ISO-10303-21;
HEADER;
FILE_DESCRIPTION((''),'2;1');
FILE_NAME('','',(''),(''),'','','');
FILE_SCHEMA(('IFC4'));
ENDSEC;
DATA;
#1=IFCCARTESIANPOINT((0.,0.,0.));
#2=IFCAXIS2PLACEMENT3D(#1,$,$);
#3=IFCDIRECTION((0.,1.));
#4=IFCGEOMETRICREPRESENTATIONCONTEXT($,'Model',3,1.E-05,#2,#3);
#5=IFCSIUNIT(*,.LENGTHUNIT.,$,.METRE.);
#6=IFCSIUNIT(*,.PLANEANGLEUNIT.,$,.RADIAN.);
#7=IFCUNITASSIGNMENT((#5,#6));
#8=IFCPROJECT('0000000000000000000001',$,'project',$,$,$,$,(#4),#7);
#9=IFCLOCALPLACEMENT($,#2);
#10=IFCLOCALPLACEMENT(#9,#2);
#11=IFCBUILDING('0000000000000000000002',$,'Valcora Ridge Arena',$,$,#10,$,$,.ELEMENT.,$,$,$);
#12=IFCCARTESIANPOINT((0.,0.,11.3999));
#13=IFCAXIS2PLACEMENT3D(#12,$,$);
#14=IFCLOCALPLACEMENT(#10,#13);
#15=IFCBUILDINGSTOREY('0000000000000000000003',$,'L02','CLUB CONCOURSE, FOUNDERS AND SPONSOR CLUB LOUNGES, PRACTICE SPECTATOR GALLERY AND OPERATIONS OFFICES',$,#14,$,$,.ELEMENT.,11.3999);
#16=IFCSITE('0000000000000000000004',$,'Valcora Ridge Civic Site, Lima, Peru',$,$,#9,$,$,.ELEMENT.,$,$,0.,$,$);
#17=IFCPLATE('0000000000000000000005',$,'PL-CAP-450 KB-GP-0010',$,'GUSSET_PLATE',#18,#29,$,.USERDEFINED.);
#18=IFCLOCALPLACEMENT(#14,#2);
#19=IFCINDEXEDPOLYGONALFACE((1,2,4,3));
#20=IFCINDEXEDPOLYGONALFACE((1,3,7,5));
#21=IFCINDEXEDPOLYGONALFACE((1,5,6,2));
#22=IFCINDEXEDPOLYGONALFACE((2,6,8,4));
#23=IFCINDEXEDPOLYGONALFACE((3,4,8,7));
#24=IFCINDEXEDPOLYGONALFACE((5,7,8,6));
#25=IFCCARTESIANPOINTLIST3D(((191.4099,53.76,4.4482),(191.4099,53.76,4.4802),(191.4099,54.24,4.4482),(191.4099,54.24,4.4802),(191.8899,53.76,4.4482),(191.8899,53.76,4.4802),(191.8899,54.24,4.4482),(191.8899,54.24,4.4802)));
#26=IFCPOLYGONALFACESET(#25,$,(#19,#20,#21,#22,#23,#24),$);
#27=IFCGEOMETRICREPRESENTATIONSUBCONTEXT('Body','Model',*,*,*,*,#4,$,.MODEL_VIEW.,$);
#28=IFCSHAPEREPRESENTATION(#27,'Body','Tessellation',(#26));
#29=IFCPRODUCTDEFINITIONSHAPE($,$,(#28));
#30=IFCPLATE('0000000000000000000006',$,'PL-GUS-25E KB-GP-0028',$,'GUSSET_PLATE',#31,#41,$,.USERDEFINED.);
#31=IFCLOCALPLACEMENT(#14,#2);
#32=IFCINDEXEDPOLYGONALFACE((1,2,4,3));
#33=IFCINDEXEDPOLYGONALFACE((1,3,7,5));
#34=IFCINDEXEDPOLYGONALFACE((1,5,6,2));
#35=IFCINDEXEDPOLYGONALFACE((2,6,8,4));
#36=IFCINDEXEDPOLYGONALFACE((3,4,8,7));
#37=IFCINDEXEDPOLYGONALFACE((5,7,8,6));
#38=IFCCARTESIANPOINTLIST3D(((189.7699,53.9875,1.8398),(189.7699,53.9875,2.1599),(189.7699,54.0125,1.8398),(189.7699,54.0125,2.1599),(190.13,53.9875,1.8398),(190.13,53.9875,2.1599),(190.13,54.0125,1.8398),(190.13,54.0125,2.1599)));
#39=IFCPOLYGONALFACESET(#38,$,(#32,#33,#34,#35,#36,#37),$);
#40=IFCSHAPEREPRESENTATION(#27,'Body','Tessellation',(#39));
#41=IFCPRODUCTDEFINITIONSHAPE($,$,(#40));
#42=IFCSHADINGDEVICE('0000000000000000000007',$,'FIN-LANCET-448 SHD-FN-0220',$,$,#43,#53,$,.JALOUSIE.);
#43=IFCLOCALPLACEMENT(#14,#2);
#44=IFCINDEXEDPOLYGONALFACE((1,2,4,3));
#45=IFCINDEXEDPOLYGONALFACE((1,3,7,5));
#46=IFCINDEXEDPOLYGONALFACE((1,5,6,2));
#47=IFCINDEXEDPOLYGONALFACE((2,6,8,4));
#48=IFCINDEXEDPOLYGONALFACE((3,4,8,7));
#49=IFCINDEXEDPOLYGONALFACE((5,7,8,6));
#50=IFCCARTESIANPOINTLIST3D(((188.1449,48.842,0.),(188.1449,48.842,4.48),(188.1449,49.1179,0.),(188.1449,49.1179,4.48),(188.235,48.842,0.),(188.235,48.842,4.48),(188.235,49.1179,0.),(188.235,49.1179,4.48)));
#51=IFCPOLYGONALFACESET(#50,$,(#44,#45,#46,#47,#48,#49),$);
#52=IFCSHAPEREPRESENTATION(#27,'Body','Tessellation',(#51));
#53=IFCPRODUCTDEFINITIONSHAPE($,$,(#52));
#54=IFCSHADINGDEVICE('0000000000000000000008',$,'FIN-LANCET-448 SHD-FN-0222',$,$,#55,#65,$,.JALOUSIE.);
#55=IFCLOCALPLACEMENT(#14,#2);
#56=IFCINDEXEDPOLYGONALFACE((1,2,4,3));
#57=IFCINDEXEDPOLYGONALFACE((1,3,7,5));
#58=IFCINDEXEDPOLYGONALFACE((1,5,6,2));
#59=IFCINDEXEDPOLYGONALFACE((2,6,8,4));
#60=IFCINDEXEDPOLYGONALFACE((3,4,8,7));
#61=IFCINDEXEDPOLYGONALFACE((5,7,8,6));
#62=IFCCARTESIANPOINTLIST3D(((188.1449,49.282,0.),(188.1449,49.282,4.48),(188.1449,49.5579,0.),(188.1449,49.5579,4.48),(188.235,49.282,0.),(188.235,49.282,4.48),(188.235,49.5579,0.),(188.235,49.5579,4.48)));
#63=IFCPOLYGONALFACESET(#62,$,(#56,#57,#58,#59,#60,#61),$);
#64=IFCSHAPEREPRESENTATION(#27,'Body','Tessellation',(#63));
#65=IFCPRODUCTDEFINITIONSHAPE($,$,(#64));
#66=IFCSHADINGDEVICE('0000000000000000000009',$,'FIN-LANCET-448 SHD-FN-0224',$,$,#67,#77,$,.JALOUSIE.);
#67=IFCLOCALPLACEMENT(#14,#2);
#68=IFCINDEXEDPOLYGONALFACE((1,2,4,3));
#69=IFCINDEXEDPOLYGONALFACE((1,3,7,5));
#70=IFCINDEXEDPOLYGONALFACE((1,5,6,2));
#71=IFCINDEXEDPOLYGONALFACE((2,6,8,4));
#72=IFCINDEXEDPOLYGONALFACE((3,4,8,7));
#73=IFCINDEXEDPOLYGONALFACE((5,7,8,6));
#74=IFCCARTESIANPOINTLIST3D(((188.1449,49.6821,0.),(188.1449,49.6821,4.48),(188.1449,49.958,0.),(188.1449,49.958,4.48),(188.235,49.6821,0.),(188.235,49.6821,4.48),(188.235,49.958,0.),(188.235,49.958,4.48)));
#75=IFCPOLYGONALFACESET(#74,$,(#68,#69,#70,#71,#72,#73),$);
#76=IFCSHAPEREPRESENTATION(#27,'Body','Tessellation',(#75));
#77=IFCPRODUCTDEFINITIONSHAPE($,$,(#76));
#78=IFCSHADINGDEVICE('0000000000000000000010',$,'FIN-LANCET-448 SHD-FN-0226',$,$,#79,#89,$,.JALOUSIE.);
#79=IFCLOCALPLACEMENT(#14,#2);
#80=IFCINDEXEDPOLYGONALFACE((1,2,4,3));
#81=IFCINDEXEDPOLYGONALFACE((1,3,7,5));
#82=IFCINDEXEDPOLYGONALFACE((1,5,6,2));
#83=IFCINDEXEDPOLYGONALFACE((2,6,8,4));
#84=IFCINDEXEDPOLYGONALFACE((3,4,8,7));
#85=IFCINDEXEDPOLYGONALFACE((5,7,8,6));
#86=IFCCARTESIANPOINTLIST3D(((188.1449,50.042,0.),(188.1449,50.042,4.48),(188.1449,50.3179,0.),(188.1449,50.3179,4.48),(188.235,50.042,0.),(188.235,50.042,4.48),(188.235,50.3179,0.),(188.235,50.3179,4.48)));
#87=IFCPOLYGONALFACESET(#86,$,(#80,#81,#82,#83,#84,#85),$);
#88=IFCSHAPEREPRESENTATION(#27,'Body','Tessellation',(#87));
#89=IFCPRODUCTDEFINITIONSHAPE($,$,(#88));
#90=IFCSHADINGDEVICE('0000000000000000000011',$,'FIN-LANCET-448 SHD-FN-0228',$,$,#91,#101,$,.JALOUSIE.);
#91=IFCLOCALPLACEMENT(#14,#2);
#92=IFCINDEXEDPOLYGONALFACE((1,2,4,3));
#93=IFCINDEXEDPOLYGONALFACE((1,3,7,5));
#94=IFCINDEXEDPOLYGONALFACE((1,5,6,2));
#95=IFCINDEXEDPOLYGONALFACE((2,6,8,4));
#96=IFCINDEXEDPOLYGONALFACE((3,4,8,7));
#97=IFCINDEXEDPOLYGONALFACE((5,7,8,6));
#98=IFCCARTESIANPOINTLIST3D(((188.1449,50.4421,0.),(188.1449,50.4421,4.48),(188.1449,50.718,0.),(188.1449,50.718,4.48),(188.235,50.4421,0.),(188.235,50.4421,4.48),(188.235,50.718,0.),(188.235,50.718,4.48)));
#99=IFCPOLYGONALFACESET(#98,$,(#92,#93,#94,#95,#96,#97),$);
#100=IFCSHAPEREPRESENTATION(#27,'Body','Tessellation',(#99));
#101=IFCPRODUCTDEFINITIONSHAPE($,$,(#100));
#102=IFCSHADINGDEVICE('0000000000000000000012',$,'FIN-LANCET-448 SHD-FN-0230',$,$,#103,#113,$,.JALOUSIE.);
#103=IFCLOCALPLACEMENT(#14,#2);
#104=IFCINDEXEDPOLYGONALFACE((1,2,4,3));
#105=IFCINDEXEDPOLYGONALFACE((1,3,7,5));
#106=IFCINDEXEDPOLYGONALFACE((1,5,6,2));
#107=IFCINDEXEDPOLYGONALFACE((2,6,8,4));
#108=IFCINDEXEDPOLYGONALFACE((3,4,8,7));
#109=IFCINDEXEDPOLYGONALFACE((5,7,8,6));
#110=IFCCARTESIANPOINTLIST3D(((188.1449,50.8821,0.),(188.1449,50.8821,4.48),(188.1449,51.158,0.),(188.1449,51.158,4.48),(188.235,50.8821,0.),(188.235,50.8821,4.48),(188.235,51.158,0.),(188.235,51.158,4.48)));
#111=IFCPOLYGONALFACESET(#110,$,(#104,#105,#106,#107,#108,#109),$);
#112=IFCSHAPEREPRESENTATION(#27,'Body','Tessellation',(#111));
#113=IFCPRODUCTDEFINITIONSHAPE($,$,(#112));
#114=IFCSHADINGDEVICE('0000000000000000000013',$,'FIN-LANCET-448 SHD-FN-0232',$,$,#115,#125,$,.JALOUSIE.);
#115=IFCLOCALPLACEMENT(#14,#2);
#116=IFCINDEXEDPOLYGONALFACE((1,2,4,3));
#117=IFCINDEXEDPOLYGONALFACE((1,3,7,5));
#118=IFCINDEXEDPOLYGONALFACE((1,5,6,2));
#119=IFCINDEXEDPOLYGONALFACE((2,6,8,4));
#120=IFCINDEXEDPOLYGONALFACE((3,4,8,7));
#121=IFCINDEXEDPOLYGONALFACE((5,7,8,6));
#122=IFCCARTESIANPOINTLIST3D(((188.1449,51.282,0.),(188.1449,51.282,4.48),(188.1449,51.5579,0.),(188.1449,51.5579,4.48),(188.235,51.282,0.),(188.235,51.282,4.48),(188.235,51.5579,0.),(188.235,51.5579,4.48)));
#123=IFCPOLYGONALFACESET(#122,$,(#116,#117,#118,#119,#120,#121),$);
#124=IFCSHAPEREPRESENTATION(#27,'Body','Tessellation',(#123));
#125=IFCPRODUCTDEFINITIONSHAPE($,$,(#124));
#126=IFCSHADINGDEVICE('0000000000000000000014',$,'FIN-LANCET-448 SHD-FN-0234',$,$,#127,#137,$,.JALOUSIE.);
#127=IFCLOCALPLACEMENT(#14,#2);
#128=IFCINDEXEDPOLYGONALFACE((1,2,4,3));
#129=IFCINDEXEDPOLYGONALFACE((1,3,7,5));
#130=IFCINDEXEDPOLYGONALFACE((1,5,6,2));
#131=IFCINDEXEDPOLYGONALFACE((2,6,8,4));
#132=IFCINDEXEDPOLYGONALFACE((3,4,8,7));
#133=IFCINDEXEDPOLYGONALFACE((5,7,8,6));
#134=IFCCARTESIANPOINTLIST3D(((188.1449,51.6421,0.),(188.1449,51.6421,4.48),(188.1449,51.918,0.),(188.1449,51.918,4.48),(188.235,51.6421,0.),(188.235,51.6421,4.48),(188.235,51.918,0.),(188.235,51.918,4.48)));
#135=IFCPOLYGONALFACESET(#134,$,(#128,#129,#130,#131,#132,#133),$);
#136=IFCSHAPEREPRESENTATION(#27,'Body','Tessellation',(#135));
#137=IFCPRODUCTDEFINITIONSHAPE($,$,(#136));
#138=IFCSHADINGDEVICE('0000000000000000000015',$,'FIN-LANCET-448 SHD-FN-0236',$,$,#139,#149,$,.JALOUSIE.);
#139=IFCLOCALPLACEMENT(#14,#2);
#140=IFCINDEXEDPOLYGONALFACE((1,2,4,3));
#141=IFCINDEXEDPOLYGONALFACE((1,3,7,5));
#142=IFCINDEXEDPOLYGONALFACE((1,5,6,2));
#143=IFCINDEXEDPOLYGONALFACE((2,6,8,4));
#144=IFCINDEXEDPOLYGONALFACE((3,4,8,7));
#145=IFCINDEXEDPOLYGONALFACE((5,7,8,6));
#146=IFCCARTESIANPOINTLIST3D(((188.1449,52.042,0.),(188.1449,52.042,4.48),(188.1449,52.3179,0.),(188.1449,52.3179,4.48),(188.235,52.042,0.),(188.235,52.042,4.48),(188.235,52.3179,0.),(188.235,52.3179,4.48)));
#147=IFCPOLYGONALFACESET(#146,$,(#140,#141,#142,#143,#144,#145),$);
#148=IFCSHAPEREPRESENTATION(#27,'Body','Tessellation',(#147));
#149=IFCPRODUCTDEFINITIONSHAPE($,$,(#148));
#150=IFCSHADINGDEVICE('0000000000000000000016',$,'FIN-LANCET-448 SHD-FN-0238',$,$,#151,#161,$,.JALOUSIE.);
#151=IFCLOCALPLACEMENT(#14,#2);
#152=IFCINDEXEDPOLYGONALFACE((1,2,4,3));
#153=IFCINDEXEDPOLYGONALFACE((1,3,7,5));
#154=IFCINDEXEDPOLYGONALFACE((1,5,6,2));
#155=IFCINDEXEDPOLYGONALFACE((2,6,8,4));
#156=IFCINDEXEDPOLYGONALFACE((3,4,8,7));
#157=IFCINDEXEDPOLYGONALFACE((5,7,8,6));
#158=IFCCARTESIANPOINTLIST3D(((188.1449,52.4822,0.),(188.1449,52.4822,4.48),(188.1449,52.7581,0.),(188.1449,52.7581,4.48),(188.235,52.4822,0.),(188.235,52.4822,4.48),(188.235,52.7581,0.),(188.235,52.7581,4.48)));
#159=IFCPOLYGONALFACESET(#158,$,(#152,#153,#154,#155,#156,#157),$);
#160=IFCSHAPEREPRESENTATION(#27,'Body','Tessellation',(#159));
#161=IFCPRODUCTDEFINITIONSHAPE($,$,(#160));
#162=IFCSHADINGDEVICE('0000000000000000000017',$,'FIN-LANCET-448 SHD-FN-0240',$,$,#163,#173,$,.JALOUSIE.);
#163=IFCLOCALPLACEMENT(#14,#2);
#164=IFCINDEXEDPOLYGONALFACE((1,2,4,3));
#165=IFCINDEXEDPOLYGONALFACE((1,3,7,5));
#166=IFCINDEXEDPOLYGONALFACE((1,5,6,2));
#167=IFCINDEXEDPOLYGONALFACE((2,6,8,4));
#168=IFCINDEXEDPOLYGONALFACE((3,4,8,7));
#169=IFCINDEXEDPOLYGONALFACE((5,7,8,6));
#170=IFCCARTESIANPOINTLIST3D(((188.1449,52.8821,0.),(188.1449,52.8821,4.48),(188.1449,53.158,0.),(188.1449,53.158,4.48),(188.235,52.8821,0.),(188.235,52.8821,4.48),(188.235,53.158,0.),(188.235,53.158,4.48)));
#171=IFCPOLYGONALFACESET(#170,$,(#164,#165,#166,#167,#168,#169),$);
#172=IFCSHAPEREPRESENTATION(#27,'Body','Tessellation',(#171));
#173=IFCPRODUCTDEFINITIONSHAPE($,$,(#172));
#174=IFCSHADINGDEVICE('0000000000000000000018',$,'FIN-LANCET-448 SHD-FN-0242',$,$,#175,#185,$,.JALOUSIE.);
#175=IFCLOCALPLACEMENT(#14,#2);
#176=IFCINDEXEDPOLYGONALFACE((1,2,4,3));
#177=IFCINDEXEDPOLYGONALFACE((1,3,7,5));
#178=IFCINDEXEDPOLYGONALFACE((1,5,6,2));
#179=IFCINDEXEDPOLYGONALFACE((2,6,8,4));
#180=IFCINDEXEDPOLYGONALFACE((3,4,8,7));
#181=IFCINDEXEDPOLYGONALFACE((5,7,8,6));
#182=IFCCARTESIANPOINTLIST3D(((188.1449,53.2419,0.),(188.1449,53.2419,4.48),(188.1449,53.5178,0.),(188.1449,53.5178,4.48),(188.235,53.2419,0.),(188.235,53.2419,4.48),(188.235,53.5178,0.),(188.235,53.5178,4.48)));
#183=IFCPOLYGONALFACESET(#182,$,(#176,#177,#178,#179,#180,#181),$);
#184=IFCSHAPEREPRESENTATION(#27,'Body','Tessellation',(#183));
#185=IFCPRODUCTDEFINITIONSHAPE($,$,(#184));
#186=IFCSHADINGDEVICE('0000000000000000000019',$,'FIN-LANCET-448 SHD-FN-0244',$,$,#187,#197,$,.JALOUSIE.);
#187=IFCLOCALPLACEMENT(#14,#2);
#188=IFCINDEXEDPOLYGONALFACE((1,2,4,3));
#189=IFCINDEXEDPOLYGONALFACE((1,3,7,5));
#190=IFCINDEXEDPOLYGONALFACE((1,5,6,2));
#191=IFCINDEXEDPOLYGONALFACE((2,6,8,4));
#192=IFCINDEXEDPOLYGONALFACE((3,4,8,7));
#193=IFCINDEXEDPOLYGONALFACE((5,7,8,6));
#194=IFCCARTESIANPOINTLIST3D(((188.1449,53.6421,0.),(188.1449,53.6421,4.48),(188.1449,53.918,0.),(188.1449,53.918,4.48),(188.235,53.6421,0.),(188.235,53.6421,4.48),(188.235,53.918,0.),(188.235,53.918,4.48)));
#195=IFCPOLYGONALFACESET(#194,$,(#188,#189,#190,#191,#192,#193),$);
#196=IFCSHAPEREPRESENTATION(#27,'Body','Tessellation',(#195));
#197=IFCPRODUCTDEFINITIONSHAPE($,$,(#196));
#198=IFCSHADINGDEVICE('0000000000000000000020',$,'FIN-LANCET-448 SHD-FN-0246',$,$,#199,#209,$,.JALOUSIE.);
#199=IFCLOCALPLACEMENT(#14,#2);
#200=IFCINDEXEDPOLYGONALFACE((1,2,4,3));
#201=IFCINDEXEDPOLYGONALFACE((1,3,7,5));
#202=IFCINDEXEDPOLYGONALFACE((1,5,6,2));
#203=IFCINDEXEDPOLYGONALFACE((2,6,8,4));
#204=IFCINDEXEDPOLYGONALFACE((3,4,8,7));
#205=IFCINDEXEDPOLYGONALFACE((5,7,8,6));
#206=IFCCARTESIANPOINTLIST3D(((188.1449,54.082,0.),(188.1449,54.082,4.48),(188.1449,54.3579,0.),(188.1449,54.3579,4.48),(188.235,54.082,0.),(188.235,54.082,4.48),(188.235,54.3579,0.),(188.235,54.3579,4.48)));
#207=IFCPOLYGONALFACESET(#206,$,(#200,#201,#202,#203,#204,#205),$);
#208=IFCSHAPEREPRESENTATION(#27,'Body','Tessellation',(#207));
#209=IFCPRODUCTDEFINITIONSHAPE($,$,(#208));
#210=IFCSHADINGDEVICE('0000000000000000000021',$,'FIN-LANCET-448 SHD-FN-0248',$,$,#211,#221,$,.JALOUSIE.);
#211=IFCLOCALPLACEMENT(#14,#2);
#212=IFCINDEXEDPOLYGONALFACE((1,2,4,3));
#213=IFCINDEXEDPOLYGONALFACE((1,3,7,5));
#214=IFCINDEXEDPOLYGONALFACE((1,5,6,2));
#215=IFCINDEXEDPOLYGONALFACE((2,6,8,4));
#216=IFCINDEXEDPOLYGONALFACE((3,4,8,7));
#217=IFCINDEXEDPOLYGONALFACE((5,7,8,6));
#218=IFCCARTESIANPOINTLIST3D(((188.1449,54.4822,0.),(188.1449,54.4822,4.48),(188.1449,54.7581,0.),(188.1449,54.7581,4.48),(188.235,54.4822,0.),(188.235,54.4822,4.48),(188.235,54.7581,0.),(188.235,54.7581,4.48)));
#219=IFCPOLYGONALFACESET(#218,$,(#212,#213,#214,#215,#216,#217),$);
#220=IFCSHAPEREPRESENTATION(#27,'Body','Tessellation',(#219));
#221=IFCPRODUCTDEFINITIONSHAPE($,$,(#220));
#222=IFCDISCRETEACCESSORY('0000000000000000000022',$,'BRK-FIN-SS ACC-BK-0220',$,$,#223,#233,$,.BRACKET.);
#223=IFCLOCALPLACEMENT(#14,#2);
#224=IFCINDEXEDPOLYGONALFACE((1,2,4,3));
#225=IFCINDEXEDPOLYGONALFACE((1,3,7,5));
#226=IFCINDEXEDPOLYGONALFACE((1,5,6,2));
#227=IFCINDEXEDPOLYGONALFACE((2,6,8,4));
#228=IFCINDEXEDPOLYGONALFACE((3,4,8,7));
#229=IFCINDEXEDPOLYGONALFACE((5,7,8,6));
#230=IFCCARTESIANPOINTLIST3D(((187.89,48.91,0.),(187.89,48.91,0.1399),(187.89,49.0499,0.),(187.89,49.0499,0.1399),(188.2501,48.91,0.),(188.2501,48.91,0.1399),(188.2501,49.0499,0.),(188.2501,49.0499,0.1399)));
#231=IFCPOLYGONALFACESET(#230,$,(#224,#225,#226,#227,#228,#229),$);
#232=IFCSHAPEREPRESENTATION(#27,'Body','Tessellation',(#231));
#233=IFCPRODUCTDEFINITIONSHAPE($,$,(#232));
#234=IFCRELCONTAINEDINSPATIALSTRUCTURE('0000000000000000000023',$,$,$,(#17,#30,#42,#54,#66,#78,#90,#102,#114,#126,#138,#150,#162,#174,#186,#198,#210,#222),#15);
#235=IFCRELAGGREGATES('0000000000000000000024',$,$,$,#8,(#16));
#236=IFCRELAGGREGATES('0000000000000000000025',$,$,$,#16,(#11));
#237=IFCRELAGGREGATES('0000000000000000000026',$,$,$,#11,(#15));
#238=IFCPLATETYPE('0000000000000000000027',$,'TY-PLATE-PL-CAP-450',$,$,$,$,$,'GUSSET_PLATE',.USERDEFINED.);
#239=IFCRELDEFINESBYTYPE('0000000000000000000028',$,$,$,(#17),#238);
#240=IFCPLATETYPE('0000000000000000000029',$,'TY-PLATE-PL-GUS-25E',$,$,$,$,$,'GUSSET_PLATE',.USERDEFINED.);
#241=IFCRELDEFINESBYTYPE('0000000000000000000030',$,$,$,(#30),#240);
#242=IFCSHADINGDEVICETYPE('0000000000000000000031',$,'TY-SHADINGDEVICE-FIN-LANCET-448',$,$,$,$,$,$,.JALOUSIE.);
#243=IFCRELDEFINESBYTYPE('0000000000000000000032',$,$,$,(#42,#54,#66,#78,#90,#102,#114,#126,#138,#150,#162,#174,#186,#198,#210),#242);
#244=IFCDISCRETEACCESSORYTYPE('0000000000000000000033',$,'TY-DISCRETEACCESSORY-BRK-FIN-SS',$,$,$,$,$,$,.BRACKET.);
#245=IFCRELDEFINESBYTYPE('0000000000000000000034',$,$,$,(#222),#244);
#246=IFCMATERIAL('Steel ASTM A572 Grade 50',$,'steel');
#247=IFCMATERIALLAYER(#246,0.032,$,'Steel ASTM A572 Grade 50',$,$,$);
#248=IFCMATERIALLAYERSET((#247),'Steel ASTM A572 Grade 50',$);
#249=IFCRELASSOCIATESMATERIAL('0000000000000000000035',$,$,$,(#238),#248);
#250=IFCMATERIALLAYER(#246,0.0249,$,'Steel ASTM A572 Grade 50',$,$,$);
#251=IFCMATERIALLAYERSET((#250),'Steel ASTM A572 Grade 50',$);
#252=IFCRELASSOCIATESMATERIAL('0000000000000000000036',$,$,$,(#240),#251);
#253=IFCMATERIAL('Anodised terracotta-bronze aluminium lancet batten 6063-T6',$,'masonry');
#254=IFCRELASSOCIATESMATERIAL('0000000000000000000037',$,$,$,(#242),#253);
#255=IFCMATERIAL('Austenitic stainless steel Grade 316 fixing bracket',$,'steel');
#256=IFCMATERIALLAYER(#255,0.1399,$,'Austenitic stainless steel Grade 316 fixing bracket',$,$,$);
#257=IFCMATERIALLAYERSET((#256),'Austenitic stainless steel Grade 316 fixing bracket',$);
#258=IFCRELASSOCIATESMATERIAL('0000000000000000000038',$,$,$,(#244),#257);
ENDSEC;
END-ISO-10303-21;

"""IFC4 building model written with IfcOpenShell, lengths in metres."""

from ifc_helpers import new_model, si_unit, direction, frame, origin, origin_2d, place, context, subcontext, project, spatial, rectangle, extrude, material, layer, layer_set, material_profile, profile_set, type_object, element, save


model = new_model("IFC4")

# Units and contexts
model_context = context("Model", 3, precision=1e-05, world=origin(), true_north=direction((0.0, 1.0)))
body_context = subcontext(model_context, "Body", "Model", "MODEL_VIEW")
ifc_project = project(units=[si_unit("LENGTHUNIT", "METRE"), si_unit("PLANEANGLEUNIT", "RADIAN")], contexts=[model_context])

# Site, building, storey
site_placement = place(None, origin())
site = spatial("IfcSite", under=ifc_project, at=site_placement, Name="Valcora Ridge Civic Site, Lima, Peru", CompositionType="ELEMENT", RefElevation=0.0)
building_placement = place(site_placement, origin())
building = spatial("IfcBuilding", under=site, at=building_placement, Name="Valcora Ridge Arena", CompositionType="ELEMENT")
storey_placement = place(building_placement, frame((0.0, 0.0, 11.3999)))
storey = spatial("IfcBuildingStorey", under=building, at=storey_placement, Name="L02", Description="CLUB CONCOURSE, FOUNDERS AND SPONSOR CLUB LOUNGES, PRACTICE SPECTATOR GALLERY AND OPERATIONS OFFICES", CompositionType="ELEMENT", Elevation=11.3999)

# Shared definitions
ifc_material_1 = material(Name="Steel ASTM A572 Grade 50", Category="steel")

# Plates
ifc_layer_1 = layer(ifc_material_1, 0.032, Name="Steel ASTM A572 Grade 50")
ifc_layer_set_1 = layer_set([ifc_layer_1], Name="Steel ASTM A572 Grade 50")
plate_type_1 = type_object("IfcPlateType", Name="TY-PLATE-PL-CAP-450", ElementType="GUSSET_PLATE", PredefinedType="USERDEFINED", material=ifc_layer_set_1)
plate_1_placement = place(storey_placement, frame((191.6499, 54.0, 4.4482), z_axis=(0.0, 0.0, 1.0), x_axis=(1.0, 0.0, 0.0)))
element("IfcPlate", 1, at=plate_1_placement, inside=storey, type_object=plate_type_1, Name="PL-CAP-450 KB-GP-0010", ObjectType="GUSSET_PLATE", PredefinedType="USERDEFINED", context=body_context, shape_type="SweptSolid", body=[
    extrude(rectangle(XDim=0.48, YDim=0.48, at=origin_2d()), origin(), (0.0, 0.0, 1.0), 0.032),
])
ifc_layer_2 = layer(ifc_material_1, 0.0249, Name="Steel ASTM A572 Grade 50")
ifc_layer_set_2 = layer_set([ifc_layer_2], Name="Steel ASTM A572 Grade 50")
plate_type_2 = type_object("IfcPlateType", Name="TY-PLATE-PL-GUS-25E", ElementType="GUSSET_PLATE", PredefinedType="USERDEFINED", material=ifc_layer_set_2)
plate_2_placement = place(storey_placement, frame((189.95, 54.0, 1.8398), z_axis=(0.0, 0.0, 1.0), x_axis=(1.0, 0.0, 0.0)))
element("IfcPlate", 2, at=plate_2_placement, inside=storey, type_object=plate_type_2, Name="PL-GUS-25E KB-GP-0028", ObjectType="GUSSET_PLATE", PredefinedType="USERDEFINED", context=body_context, shape_type="SweptSolid", body=[
    extrude(rectangle(XDim=0.3601, YDim=0.0249, at=origin_2d()), origin(), (0.0, 0.0, 1.0), 0.3201),
])

# Shading devices
ifc_material_2 = material(Name="Anodised terracotta-bronze aluminium lancet batten 6063-T6", Category="masonry")
ifc_material_profile_1 = material_profile(ifc_material_2, rectangle(XDim=0.0901, YDim=0.2759, at=origin_2d()), Name="ALU LANCET BATTEN 90x276")
ifc_profile_set_1 = profile_set([ifc_material_profile_1], Name="Anodised terracotta-bronze aluminium lancet batten 6063-T6")
shading_device_type = type_object("IfcShadingDeviceType", Name="TY-SHADINGDEVICE-FIN-LANCET-448", PredefinedType="JALOUSIE", material=ifc_profile_set_1)
for number, where, z_axis, x_axis, name in (
    (3, (188.1899, 48.98, 0.0), (0.0, 0.0, 1.0), (1.0, 0.0, 0.0), "FIN-LANCET-448 SHD-FN-0220"),
    (4, (188.1899, 49.4199, 0.0), (0.0, 0.0, 1.0), (1.0, 0.0, 0.0), "FIN-LANCET-448 SHD-FN-0222"),
    (5, (188.1899, 49.8201, 0.0), (0.0, 0.0, 1.0), (1.0, 0.0, 0.0), "FIN-LANCET-448 SHD-FN-0224"),
    (6, (188.1899, 50.1799, 0.0), (0.0, 0.0, 1.0), (1.0, 0.0, 0.0), "FIN-LANCET-448 SHD-FN-0226"),
    (7, (188.1899, 50.5801, 0.0), (0.0, 0.0, 1.0), (1.0, 0.0, 0.0), "FIN-LANCET-448 SHD-FN-0228"),
    (8, (188.1899, 51.02, 0.0), (0.0, 0.0, 1.0), (1.0, 0.0, 0.0), "FIN-LANCET-448 SHD-FN-0230"),
    (9, (188.1899, 51.4199, 0.0), (0.0, 0.0, 1.0), (1.0, 0.0, 0.0), "FIN-LANCET-448 SHD-FN-0232"),
    (10, (188.1899, 51.78, 0.0), (0.0, 0.0, 1.0), (1.0, 0.0, 0.0), "FIN-LANCET-448 SHD-FN-0234"),
    (11, (188.1899, 52.1799, 0.0), (0.0, 0.0, 1.0), (1.0, 0.0, 0.0), "FIN-LANCET-448 SHD-FN-0236"),
    (12, (188.1899, 52.6201, 0.0), (0.0, 0.0, 1.0), (1.0, 0.0, 0.0), "FIN-LANCET-448 SHD-FN-0238"),
    (13, (188.1899, 53.02, 0.0), (0.0, 0.0, 1.0), (1.0, 0.0, 0.0), "FIN-LANCET-448 SHD-FN-0240"),
    (14, (188.1899, 53.3799, 0.0), (0.0, 0.0, 1.0), (1.0, 0.0, 0.0), "FIN-LANCET-448 SHD-FN-0242"),
    (15, (188.1899, 53.78, 0.0), (0.0, 0.0, 1.0), (1.0, 0.0, 0.0), "FIN-LANCET-448 SHD-FN-0244"),
    (16, (188.1899, 54.22, 0.0), (0.0, 0.0, 1.0), (1.0, 0.0, 0.0), "FIN-LANCET-448 SHD-FN-0246"),
    (17, (188.1899, 54.6201, 0.0), (0.0, 0.0, 1.0), (1.0, 0.0, 0.0), "FIN-LANCET-448 SHD-FN-0248"),
):
    element("IfcShadingDevice", number, at=place(storey_placement, frame(where, z_axis=z_axis, x_axis=x_axis)), inside=storey, type_object=shading_device_type, Name=name, PredefinedType="JALOUSIE", context=body_context, shape_type="SweptSolid", body=[
        extrude(rectangle(XDim=0.0901, YDim=0.2759, at=origin_2d()), origin(), (0.0, 0.0, 1.0), 4.48),
    ])

# Discrete accessory
ifc_material_3 = material(Name="Austenitic stainless steel Grade 316 fixing bracket", Category="steel")
ifc_layer_3 = layer(ifc_material_3, 0.1399, Name="Austenitic stainless steel Grade 316 fixing bracket")
ifc_layer_set_3 = layer_set([ifc_layer_3], Name="Austenitic stainless steel Grade 316 fixing bracket")
discrete_accessory_type = type_object("IfcDiscreteAccessoryType", Name="TY-DISCRETEACCESSORY-BRK-FIN-SS", PredefinedType="BRACKET", material=ifc_layer_set_3)
for number, where, z_axis, x_axis, name in (
    (18, (188.0701, 48.98, 0.0), (0.0, 0.0, 1.0), (1.0, 0.0, 0.0), "BRK-FIN-SS ACC-BK-0220"),
):
    element("IfcDiscreteAccessory", number, at=place(storey_placement, frame(where, z_axis=z_axis, x_axis=x_axis)), inside=storey, type_object=discrete_accessory_type, Name=name, PredefinedType="BRACKET", context=body_context, shape_type="SweptSolid", body=[
        extrude(rectangle(XDim=0.3601, YDim=0.1399, at=origin_2d()), origin(), (0.0, 0.0, 1.0), 0.1399),
    ])

save(model, "model.ifc")
